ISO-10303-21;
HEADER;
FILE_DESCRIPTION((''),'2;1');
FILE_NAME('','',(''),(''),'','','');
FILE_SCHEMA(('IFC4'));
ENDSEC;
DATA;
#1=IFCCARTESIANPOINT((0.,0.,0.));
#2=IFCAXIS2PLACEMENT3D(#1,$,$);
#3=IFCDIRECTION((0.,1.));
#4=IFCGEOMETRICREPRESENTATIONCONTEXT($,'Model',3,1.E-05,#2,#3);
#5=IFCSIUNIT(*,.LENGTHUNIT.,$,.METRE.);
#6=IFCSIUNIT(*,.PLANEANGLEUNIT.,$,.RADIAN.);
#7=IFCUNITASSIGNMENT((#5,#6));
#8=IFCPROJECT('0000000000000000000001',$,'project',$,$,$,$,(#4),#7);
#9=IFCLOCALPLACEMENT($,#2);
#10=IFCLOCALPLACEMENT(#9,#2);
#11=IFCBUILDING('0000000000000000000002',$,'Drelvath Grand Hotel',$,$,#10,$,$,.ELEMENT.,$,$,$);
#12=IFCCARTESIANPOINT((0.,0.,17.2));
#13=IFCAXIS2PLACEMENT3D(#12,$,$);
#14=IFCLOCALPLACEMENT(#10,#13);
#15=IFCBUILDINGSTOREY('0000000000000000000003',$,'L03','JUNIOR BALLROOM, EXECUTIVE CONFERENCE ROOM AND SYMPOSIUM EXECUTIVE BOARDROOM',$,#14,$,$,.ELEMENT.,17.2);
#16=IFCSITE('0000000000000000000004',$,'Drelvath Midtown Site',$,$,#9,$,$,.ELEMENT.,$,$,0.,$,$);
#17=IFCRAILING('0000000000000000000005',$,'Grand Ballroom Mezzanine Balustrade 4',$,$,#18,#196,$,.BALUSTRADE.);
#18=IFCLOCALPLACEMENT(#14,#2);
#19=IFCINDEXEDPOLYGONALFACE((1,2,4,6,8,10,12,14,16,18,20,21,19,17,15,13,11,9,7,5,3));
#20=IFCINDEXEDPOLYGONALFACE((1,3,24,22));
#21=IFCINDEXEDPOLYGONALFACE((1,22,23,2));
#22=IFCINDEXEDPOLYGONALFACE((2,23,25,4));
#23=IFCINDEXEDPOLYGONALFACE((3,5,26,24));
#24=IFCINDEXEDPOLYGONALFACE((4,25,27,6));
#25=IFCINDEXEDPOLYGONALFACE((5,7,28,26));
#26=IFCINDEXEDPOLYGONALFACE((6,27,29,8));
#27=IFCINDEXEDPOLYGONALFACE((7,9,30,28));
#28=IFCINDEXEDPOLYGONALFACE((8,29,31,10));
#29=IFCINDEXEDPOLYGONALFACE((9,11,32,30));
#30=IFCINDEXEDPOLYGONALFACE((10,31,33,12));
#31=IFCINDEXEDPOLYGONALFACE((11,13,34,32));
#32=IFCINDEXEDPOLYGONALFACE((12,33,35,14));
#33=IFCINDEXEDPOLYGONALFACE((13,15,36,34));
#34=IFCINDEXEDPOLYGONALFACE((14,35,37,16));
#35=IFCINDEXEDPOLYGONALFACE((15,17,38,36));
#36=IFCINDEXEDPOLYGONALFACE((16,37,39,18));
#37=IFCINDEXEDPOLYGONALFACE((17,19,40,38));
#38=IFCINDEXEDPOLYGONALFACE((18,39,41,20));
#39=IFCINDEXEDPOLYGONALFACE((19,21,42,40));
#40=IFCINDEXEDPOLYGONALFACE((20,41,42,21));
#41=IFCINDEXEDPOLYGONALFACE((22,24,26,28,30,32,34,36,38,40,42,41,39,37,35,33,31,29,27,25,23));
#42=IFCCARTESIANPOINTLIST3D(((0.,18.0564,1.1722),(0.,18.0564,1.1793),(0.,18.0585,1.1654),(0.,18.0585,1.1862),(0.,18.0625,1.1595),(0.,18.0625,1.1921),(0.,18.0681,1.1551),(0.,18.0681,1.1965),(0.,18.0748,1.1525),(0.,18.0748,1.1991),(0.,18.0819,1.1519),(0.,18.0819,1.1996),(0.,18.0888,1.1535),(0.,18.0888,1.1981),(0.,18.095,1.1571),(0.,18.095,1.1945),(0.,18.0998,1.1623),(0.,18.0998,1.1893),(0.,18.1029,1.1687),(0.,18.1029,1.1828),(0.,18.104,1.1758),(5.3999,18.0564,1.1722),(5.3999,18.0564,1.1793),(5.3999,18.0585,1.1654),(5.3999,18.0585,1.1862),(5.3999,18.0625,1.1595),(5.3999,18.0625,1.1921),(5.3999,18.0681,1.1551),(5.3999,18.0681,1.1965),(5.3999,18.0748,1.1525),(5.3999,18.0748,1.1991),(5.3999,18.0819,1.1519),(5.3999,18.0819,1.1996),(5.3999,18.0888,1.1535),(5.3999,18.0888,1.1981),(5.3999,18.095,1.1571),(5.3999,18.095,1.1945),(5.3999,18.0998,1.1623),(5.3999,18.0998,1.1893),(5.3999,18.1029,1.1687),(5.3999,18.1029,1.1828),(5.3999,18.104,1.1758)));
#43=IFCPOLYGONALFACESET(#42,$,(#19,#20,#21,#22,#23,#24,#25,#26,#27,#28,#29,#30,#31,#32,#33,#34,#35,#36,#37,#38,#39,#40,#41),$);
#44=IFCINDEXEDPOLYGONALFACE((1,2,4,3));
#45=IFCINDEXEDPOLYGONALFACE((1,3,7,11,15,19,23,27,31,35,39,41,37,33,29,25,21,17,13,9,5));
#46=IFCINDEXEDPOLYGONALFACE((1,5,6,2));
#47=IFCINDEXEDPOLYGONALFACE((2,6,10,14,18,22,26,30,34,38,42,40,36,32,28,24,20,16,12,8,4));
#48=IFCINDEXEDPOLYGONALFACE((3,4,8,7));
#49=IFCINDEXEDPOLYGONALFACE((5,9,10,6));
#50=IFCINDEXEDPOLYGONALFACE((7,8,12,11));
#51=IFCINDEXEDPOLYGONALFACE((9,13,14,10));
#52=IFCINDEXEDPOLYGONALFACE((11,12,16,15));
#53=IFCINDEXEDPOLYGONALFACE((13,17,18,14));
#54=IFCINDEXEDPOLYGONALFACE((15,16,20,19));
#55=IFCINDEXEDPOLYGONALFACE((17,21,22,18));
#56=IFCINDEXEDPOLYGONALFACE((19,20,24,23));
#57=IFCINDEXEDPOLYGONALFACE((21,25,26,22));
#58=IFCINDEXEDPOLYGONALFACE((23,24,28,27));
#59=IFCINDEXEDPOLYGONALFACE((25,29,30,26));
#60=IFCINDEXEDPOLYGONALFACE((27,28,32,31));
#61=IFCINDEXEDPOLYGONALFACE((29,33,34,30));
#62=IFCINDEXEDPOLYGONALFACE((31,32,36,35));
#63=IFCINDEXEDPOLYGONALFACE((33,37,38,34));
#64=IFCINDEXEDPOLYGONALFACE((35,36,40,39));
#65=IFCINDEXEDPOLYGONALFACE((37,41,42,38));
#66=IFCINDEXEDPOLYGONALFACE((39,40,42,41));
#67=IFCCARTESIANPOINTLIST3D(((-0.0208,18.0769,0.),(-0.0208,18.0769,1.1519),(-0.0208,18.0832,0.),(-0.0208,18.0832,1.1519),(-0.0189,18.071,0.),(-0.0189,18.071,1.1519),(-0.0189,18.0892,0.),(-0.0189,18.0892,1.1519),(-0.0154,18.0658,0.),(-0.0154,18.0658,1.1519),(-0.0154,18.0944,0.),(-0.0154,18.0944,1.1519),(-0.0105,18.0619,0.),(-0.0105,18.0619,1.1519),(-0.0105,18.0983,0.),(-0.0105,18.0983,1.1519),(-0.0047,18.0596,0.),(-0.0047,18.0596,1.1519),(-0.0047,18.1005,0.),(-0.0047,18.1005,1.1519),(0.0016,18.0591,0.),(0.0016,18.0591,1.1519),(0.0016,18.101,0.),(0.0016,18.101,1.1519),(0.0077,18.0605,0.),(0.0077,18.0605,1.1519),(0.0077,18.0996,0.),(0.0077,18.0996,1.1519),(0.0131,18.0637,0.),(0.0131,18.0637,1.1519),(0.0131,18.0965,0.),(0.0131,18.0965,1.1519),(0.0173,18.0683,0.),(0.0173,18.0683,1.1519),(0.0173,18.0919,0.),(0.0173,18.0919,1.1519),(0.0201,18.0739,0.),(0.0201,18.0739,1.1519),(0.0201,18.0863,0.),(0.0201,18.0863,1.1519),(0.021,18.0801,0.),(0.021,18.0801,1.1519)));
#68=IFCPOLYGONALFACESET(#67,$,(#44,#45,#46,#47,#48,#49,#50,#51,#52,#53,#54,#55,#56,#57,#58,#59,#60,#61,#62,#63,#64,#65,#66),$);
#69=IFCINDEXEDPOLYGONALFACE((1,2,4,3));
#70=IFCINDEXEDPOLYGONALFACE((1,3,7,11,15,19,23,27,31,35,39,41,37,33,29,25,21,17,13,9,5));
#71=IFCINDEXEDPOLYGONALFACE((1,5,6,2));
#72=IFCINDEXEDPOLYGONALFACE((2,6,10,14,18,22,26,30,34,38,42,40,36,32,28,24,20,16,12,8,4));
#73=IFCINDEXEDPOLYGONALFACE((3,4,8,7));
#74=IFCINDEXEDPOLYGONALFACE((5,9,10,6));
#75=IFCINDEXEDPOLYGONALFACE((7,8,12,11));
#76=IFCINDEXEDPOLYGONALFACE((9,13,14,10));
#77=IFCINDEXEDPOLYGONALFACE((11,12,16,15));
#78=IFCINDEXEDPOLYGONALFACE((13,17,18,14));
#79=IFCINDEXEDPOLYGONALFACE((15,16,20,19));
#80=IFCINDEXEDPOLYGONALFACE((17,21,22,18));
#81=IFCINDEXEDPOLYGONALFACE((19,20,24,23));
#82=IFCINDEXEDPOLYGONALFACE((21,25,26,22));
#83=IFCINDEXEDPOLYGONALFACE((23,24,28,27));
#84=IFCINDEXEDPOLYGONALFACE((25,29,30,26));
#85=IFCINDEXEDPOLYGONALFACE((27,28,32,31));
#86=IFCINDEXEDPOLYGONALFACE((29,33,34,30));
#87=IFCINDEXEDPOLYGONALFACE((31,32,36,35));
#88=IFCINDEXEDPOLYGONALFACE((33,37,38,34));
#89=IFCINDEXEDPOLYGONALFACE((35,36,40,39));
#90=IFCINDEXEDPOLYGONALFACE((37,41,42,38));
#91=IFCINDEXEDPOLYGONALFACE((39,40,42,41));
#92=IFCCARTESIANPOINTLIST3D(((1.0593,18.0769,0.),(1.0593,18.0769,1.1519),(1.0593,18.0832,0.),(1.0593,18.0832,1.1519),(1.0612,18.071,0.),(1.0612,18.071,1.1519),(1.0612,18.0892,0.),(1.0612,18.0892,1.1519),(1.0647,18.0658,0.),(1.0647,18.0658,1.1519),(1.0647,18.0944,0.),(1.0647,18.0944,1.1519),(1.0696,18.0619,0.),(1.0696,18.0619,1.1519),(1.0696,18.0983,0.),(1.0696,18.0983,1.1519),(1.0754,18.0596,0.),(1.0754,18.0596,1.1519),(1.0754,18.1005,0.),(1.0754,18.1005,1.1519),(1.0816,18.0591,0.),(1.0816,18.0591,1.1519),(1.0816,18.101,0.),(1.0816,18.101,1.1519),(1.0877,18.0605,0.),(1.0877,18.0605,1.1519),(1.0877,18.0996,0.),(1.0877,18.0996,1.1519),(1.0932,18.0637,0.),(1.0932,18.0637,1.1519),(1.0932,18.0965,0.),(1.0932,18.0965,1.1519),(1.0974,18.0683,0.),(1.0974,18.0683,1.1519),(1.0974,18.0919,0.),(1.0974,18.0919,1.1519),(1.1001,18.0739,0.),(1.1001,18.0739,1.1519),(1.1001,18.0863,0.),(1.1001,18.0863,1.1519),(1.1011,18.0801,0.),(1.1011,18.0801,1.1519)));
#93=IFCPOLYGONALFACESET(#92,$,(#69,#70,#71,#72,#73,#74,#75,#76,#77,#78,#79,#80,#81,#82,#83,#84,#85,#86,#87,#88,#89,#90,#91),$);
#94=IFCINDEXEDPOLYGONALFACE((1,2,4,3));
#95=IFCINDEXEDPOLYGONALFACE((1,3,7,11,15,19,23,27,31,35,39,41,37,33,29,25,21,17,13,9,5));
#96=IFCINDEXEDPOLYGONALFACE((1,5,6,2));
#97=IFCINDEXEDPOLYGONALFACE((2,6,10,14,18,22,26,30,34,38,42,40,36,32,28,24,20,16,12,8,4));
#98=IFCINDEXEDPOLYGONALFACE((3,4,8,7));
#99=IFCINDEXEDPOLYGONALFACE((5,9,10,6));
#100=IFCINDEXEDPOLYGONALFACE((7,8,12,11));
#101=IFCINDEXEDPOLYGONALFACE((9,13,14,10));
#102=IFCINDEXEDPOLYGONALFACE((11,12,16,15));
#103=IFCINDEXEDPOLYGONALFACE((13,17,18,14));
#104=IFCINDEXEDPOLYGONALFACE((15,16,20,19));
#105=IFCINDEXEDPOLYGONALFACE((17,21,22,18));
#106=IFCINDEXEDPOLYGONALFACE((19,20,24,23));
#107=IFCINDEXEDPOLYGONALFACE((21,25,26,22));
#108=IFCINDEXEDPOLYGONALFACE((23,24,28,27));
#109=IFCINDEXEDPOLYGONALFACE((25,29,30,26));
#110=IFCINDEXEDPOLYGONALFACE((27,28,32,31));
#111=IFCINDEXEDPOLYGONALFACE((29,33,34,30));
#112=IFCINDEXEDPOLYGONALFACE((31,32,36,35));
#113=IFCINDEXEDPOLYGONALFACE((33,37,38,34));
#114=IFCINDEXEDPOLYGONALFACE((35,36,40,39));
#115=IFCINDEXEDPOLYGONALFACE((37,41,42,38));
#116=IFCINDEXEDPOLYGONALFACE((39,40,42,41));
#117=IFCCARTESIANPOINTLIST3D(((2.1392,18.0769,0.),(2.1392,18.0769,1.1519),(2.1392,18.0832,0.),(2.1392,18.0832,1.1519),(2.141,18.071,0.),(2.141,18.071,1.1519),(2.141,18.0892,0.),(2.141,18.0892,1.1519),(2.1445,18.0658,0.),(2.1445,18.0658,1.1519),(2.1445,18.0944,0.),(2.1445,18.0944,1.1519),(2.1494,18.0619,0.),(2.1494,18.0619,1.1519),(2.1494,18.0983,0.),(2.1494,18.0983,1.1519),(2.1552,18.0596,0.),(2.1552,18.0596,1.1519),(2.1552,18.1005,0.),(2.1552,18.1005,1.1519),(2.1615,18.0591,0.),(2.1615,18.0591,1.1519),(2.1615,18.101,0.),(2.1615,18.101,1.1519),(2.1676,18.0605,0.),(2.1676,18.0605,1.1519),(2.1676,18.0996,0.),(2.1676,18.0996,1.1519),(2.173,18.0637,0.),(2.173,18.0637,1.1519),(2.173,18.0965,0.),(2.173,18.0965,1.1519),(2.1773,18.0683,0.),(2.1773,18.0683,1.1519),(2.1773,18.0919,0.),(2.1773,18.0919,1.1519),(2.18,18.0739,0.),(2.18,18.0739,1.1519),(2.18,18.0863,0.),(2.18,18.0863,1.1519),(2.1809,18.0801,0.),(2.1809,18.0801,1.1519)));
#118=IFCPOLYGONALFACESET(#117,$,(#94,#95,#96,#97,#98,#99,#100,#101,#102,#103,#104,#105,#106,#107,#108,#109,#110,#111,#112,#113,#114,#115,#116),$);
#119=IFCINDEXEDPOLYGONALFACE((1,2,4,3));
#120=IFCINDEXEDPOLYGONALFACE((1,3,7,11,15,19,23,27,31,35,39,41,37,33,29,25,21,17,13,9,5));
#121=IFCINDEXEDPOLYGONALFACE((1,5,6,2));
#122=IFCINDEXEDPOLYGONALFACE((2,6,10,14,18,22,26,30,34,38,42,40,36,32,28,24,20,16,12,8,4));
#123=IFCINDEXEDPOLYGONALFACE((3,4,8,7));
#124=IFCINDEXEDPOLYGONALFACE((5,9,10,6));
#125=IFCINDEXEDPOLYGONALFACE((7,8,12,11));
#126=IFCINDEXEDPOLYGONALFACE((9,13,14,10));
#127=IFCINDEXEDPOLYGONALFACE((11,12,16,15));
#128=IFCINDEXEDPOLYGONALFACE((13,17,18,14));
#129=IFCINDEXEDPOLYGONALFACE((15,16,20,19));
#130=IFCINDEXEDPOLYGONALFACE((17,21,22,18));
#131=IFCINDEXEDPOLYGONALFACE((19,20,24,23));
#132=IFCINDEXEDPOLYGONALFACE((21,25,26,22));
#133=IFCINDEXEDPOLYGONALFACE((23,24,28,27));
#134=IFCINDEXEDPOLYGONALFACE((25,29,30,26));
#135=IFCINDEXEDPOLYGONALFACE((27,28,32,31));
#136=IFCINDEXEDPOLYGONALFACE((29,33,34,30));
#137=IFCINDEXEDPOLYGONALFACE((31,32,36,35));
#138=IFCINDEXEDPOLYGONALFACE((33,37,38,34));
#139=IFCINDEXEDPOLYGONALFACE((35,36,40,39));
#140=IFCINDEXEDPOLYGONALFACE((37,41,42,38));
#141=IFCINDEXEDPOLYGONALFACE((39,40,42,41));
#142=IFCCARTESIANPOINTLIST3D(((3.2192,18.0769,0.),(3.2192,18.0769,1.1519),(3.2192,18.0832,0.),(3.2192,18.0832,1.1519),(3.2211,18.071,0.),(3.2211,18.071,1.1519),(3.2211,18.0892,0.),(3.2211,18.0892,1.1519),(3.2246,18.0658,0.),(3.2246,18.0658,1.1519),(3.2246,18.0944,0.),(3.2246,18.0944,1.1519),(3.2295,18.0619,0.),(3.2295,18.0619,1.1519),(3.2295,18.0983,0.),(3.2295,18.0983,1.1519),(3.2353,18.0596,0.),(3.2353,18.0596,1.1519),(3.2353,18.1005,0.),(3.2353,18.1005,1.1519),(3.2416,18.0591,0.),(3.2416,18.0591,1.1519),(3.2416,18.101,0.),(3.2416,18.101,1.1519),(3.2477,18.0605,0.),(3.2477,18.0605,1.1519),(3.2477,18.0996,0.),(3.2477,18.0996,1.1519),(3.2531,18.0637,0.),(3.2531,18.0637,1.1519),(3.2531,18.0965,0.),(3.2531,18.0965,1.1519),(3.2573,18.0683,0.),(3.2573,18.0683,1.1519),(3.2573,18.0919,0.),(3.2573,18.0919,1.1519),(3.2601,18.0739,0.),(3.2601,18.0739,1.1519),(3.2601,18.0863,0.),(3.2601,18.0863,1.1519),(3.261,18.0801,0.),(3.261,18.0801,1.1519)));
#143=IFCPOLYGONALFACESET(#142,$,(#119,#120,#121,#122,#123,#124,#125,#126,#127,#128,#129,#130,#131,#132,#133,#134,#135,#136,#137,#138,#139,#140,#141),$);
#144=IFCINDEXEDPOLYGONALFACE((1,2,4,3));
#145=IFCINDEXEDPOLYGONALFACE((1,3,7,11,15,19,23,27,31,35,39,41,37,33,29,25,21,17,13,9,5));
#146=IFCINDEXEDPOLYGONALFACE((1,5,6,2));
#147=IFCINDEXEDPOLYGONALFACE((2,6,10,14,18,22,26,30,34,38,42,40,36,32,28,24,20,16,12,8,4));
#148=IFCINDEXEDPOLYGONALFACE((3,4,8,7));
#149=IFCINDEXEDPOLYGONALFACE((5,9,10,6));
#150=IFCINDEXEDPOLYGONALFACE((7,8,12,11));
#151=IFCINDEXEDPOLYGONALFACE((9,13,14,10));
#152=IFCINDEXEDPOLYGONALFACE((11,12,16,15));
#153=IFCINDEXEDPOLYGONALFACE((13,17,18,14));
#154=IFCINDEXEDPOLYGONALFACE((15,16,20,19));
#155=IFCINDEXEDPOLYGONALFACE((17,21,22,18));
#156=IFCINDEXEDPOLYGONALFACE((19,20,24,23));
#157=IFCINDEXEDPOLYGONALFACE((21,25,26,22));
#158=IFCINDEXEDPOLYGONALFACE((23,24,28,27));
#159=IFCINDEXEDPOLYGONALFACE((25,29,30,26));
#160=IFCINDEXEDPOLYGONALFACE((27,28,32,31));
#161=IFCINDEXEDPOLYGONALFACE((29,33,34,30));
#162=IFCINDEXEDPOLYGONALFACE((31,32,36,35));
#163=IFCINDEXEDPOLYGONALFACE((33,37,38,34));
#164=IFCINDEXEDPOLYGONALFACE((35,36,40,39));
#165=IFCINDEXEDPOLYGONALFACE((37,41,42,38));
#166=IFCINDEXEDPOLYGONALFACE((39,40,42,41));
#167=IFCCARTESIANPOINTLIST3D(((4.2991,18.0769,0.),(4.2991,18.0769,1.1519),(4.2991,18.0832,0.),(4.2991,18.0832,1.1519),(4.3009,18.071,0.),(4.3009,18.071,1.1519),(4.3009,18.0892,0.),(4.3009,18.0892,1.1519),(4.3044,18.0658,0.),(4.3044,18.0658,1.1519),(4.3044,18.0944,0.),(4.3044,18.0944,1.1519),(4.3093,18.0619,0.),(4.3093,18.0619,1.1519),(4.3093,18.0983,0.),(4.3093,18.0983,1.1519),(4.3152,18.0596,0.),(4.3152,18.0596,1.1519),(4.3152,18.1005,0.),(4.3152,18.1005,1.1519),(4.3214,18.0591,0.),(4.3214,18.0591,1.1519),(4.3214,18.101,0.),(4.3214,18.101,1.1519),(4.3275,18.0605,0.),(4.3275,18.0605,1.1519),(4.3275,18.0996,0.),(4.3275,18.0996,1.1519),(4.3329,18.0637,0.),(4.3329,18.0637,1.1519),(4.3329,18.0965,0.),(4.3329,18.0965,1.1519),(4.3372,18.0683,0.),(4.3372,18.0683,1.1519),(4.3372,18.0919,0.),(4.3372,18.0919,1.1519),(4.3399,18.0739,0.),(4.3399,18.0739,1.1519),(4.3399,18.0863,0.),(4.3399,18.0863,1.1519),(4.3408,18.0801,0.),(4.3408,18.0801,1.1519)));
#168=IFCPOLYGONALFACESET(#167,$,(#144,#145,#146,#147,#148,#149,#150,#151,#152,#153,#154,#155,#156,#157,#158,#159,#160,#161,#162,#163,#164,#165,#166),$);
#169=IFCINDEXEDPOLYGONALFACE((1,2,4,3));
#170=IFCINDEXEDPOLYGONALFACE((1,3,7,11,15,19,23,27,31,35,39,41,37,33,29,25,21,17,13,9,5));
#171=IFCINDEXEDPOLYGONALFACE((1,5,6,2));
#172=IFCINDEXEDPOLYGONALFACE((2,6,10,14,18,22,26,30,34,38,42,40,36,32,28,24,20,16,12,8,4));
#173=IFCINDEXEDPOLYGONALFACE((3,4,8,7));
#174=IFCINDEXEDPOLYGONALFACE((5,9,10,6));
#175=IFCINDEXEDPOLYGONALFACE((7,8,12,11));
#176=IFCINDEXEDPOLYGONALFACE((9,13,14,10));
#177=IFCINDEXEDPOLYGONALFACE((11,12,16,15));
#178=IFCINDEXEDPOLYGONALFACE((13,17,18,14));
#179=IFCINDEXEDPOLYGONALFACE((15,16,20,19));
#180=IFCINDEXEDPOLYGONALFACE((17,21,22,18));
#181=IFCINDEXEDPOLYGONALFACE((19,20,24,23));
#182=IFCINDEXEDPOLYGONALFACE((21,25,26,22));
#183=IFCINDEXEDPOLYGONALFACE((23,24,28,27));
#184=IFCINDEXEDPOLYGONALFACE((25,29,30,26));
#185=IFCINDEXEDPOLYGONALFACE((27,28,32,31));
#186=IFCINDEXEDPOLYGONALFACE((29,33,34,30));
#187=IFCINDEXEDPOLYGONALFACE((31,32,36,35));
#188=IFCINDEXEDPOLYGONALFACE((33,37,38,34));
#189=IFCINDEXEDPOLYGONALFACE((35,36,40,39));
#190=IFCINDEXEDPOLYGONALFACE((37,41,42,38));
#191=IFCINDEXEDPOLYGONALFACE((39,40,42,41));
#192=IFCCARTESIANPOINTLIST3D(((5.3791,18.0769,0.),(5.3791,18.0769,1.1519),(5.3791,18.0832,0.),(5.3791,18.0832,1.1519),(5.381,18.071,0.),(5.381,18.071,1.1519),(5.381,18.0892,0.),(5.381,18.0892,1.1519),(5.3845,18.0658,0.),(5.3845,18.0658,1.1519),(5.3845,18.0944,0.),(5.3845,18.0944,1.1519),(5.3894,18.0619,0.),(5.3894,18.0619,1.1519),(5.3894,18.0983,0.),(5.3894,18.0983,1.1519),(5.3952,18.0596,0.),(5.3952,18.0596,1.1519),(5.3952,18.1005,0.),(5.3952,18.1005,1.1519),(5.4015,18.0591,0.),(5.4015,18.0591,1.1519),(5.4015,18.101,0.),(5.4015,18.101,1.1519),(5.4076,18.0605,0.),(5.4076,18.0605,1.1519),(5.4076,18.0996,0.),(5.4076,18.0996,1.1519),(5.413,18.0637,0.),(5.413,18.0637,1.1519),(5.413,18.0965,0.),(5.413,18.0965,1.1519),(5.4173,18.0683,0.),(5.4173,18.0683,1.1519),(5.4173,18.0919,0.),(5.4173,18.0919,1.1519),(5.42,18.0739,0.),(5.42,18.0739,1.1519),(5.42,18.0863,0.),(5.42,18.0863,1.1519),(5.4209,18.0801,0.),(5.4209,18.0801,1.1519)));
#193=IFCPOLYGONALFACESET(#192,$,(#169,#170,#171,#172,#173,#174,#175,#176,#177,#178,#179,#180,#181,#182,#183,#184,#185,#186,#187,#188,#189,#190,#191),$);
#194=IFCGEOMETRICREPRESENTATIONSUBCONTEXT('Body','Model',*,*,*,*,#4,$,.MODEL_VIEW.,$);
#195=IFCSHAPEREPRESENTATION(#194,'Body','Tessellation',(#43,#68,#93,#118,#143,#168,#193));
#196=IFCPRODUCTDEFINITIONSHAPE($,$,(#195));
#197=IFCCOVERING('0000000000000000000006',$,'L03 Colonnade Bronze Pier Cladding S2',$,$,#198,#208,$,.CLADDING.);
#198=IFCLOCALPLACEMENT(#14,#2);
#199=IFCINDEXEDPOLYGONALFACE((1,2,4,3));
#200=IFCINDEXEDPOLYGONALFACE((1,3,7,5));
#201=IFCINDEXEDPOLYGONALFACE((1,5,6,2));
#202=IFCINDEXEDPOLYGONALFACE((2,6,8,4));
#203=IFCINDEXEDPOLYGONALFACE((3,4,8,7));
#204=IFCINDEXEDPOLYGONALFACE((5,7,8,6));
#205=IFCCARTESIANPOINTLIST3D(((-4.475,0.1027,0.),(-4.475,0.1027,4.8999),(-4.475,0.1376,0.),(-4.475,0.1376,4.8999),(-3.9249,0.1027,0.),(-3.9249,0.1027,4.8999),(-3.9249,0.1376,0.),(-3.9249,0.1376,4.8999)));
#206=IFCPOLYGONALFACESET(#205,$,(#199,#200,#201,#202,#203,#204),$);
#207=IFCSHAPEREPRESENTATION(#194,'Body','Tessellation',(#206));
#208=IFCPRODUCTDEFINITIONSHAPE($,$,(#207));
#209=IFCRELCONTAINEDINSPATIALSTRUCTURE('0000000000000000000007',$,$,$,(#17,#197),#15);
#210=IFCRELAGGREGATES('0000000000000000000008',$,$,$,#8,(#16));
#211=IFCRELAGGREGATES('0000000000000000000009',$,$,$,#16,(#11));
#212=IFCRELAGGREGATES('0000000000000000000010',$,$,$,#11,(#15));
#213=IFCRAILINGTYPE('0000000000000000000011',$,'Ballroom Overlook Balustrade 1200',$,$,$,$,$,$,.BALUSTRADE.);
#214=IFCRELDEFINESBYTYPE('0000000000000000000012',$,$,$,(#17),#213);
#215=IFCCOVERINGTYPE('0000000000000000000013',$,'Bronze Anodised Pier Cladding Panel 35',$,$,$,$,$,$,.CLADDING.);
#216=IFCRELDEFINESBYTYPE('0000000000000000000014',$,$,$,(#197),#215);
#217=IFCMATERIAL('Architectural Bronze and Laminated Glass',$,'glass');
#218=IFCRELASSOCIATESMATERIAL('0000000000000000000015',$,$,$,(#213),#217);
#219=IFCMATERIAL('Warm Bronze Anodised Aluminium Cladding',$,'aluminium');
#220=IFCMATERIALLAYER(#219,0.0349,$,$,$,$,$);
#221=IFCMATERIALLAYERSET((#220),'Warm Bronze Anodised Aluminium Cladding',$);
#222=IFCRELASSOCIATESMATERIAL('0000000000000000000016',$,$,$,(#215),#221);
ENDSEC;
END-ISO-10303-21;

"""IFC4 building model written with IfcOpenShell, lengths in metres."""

from ifc_helpers import new_model, si_unit, direction, frame, origin, origin_2d, place, context, subcontext, project, spatial, rectangle, circle, extrude, material, layer, layer_set, type_object, element, save


model = new_model("IFC4")

# Units and contexts
model_context = context("Model", 3, precision=1e-05, world=origin(), true_north=direction((0.0, 1.0)))
body_context = subcontext(model_context, "Body", "Model", "MODEL_VIEW")
ifc_project = project(units=[si_unit("LENGTHUNIT", "METRE"), si_unit("PLANEANGLEUNIT", "RADIAN")], contexts=[model_context])

# Site, building, storey
site_placement = place(None, origin())
site = spatial("IfcSite", under=ifc_project, at=site_placement, Name="Drelvath Midtown Site", CompositionType="ELEMENT", RefElevation=0.0)
building_placement = place(site_placement, origin())
building = spatial("IfcBuilding", under=site, at=building_placement, Name="Drelvath Grand Hotel", CompositionType="ELEMENT")
storey_placement = place(building_placement, frame((0.0, 0.0, 17.2)))
storey = spatial("IfcBuildingStorey", under=building, at=storey_placement, Name="L03", Description="JUNIOR BALLROOM, EXECUTIVE CONFERENCE ROOM AND SYMPOSIUM EXECUTIVE BOARDROOM", CompositionType="ELEMENT", Elevation=17.2)

# Railing
ifc_material_1 = material(Name="Architectural Bronze and Laminated Glass", Category="glass")
railing_type = type_object("IfcRailingType", Name="Ballroom Overlook Balustrade 1200", PredefinedType="BALUSTRADE", material=ifc_material_1)
for number, where, name in (
    (1, (0.0, 18.0801, 0.0), "Grand Ballroom Mezzanine Balustrade 4"),
):
    element("IfcRailing", number, at=place(storey_placement, frame(where)), inside=storey, type_object=railing_type, Name=name, PredefinedType="BALUSTRADE", context=body_context, shape_type="SweptSolid", body=[
        extrude(circle(Radius=0.0239, at=origin_2d()), frame((0.0, 0.0, 1.1758), z_axis=(1.0, 0.0, 0.0), x_axis=(0.0, 1.0, 0.0)), (0.0, 0.0, 1.0), 5.3999),
        extrude(circle(Radius=0.021, at=origin_2d()), origin(), (0.0, 0.0, 1.0), 1.1519),
        extrude(circle(Radius=0.021, at=origin_2d()), frame((1.0801, 0.0, 0.0)), (0.0, 0.0, 1.0), 1.1519),
        extrude(circle(Radius=0.021, at=origin_2d()), frame((2.1599, 0.0, 0.0)), (0.0, 0.0, 1.0), 1.1519),
        extrude(circle(Radius=0.021, at=origin_2d()), frame((3.24, 0.0, 0.0)), (0.0, 0.0, 1.0), 1.1519),
        extrude(circle(Radius=0.021, at=origin_2d()), frame((4.3198, 0.0, 0.0)), (0.0, 0.0, 1.0), 1.1519),
        extrude(circle(Radius=0.021, at=origin_2d()), frame((5.3999, 0.0, 0.0)), (0.0, 0.0, 1.0), 1.1519),
    ])

# Covering
ifc_material_2 = material(Name="Warm Bronze Anodised Aluminium Cladding", Category="aluminium")
ifc_layer_1 = layer(ifc_material_2, 0.0349)
ifc_layer_set_1 = layer_set([ifc_layer_1], Name="Warm Bronze Anodised Aluminium Cladding")
covering_type = type_object("IfcCoveringType", Name="Bronze Anodised Pier Cladding Panel 35", PredefinedType="CLADDING", material=ifc_layer_set_1)
covering_placement = place(storey_placement, frame((-4.2, 0.1201, 0.0), z_axis=(0.0, 0.0, 1.0), x_axis=(1.0, 0.0, 0.0)))
element("IfcCovering", 2, at=covering_placement, inside=storey, type_object=covering_type, Name="L03 Colonnade Bronze Pier Cladding S2", PredefinedType="CLADDING", context=body_context, shape_type="SweptSolid", body=[
    extrude(rectangle(XDim=0.55, YDim=0.0349, at=origin_2d()), origin(), (0.0, 0.0, 1.0), 4.8999),
])

save(model, "model.ifc")
